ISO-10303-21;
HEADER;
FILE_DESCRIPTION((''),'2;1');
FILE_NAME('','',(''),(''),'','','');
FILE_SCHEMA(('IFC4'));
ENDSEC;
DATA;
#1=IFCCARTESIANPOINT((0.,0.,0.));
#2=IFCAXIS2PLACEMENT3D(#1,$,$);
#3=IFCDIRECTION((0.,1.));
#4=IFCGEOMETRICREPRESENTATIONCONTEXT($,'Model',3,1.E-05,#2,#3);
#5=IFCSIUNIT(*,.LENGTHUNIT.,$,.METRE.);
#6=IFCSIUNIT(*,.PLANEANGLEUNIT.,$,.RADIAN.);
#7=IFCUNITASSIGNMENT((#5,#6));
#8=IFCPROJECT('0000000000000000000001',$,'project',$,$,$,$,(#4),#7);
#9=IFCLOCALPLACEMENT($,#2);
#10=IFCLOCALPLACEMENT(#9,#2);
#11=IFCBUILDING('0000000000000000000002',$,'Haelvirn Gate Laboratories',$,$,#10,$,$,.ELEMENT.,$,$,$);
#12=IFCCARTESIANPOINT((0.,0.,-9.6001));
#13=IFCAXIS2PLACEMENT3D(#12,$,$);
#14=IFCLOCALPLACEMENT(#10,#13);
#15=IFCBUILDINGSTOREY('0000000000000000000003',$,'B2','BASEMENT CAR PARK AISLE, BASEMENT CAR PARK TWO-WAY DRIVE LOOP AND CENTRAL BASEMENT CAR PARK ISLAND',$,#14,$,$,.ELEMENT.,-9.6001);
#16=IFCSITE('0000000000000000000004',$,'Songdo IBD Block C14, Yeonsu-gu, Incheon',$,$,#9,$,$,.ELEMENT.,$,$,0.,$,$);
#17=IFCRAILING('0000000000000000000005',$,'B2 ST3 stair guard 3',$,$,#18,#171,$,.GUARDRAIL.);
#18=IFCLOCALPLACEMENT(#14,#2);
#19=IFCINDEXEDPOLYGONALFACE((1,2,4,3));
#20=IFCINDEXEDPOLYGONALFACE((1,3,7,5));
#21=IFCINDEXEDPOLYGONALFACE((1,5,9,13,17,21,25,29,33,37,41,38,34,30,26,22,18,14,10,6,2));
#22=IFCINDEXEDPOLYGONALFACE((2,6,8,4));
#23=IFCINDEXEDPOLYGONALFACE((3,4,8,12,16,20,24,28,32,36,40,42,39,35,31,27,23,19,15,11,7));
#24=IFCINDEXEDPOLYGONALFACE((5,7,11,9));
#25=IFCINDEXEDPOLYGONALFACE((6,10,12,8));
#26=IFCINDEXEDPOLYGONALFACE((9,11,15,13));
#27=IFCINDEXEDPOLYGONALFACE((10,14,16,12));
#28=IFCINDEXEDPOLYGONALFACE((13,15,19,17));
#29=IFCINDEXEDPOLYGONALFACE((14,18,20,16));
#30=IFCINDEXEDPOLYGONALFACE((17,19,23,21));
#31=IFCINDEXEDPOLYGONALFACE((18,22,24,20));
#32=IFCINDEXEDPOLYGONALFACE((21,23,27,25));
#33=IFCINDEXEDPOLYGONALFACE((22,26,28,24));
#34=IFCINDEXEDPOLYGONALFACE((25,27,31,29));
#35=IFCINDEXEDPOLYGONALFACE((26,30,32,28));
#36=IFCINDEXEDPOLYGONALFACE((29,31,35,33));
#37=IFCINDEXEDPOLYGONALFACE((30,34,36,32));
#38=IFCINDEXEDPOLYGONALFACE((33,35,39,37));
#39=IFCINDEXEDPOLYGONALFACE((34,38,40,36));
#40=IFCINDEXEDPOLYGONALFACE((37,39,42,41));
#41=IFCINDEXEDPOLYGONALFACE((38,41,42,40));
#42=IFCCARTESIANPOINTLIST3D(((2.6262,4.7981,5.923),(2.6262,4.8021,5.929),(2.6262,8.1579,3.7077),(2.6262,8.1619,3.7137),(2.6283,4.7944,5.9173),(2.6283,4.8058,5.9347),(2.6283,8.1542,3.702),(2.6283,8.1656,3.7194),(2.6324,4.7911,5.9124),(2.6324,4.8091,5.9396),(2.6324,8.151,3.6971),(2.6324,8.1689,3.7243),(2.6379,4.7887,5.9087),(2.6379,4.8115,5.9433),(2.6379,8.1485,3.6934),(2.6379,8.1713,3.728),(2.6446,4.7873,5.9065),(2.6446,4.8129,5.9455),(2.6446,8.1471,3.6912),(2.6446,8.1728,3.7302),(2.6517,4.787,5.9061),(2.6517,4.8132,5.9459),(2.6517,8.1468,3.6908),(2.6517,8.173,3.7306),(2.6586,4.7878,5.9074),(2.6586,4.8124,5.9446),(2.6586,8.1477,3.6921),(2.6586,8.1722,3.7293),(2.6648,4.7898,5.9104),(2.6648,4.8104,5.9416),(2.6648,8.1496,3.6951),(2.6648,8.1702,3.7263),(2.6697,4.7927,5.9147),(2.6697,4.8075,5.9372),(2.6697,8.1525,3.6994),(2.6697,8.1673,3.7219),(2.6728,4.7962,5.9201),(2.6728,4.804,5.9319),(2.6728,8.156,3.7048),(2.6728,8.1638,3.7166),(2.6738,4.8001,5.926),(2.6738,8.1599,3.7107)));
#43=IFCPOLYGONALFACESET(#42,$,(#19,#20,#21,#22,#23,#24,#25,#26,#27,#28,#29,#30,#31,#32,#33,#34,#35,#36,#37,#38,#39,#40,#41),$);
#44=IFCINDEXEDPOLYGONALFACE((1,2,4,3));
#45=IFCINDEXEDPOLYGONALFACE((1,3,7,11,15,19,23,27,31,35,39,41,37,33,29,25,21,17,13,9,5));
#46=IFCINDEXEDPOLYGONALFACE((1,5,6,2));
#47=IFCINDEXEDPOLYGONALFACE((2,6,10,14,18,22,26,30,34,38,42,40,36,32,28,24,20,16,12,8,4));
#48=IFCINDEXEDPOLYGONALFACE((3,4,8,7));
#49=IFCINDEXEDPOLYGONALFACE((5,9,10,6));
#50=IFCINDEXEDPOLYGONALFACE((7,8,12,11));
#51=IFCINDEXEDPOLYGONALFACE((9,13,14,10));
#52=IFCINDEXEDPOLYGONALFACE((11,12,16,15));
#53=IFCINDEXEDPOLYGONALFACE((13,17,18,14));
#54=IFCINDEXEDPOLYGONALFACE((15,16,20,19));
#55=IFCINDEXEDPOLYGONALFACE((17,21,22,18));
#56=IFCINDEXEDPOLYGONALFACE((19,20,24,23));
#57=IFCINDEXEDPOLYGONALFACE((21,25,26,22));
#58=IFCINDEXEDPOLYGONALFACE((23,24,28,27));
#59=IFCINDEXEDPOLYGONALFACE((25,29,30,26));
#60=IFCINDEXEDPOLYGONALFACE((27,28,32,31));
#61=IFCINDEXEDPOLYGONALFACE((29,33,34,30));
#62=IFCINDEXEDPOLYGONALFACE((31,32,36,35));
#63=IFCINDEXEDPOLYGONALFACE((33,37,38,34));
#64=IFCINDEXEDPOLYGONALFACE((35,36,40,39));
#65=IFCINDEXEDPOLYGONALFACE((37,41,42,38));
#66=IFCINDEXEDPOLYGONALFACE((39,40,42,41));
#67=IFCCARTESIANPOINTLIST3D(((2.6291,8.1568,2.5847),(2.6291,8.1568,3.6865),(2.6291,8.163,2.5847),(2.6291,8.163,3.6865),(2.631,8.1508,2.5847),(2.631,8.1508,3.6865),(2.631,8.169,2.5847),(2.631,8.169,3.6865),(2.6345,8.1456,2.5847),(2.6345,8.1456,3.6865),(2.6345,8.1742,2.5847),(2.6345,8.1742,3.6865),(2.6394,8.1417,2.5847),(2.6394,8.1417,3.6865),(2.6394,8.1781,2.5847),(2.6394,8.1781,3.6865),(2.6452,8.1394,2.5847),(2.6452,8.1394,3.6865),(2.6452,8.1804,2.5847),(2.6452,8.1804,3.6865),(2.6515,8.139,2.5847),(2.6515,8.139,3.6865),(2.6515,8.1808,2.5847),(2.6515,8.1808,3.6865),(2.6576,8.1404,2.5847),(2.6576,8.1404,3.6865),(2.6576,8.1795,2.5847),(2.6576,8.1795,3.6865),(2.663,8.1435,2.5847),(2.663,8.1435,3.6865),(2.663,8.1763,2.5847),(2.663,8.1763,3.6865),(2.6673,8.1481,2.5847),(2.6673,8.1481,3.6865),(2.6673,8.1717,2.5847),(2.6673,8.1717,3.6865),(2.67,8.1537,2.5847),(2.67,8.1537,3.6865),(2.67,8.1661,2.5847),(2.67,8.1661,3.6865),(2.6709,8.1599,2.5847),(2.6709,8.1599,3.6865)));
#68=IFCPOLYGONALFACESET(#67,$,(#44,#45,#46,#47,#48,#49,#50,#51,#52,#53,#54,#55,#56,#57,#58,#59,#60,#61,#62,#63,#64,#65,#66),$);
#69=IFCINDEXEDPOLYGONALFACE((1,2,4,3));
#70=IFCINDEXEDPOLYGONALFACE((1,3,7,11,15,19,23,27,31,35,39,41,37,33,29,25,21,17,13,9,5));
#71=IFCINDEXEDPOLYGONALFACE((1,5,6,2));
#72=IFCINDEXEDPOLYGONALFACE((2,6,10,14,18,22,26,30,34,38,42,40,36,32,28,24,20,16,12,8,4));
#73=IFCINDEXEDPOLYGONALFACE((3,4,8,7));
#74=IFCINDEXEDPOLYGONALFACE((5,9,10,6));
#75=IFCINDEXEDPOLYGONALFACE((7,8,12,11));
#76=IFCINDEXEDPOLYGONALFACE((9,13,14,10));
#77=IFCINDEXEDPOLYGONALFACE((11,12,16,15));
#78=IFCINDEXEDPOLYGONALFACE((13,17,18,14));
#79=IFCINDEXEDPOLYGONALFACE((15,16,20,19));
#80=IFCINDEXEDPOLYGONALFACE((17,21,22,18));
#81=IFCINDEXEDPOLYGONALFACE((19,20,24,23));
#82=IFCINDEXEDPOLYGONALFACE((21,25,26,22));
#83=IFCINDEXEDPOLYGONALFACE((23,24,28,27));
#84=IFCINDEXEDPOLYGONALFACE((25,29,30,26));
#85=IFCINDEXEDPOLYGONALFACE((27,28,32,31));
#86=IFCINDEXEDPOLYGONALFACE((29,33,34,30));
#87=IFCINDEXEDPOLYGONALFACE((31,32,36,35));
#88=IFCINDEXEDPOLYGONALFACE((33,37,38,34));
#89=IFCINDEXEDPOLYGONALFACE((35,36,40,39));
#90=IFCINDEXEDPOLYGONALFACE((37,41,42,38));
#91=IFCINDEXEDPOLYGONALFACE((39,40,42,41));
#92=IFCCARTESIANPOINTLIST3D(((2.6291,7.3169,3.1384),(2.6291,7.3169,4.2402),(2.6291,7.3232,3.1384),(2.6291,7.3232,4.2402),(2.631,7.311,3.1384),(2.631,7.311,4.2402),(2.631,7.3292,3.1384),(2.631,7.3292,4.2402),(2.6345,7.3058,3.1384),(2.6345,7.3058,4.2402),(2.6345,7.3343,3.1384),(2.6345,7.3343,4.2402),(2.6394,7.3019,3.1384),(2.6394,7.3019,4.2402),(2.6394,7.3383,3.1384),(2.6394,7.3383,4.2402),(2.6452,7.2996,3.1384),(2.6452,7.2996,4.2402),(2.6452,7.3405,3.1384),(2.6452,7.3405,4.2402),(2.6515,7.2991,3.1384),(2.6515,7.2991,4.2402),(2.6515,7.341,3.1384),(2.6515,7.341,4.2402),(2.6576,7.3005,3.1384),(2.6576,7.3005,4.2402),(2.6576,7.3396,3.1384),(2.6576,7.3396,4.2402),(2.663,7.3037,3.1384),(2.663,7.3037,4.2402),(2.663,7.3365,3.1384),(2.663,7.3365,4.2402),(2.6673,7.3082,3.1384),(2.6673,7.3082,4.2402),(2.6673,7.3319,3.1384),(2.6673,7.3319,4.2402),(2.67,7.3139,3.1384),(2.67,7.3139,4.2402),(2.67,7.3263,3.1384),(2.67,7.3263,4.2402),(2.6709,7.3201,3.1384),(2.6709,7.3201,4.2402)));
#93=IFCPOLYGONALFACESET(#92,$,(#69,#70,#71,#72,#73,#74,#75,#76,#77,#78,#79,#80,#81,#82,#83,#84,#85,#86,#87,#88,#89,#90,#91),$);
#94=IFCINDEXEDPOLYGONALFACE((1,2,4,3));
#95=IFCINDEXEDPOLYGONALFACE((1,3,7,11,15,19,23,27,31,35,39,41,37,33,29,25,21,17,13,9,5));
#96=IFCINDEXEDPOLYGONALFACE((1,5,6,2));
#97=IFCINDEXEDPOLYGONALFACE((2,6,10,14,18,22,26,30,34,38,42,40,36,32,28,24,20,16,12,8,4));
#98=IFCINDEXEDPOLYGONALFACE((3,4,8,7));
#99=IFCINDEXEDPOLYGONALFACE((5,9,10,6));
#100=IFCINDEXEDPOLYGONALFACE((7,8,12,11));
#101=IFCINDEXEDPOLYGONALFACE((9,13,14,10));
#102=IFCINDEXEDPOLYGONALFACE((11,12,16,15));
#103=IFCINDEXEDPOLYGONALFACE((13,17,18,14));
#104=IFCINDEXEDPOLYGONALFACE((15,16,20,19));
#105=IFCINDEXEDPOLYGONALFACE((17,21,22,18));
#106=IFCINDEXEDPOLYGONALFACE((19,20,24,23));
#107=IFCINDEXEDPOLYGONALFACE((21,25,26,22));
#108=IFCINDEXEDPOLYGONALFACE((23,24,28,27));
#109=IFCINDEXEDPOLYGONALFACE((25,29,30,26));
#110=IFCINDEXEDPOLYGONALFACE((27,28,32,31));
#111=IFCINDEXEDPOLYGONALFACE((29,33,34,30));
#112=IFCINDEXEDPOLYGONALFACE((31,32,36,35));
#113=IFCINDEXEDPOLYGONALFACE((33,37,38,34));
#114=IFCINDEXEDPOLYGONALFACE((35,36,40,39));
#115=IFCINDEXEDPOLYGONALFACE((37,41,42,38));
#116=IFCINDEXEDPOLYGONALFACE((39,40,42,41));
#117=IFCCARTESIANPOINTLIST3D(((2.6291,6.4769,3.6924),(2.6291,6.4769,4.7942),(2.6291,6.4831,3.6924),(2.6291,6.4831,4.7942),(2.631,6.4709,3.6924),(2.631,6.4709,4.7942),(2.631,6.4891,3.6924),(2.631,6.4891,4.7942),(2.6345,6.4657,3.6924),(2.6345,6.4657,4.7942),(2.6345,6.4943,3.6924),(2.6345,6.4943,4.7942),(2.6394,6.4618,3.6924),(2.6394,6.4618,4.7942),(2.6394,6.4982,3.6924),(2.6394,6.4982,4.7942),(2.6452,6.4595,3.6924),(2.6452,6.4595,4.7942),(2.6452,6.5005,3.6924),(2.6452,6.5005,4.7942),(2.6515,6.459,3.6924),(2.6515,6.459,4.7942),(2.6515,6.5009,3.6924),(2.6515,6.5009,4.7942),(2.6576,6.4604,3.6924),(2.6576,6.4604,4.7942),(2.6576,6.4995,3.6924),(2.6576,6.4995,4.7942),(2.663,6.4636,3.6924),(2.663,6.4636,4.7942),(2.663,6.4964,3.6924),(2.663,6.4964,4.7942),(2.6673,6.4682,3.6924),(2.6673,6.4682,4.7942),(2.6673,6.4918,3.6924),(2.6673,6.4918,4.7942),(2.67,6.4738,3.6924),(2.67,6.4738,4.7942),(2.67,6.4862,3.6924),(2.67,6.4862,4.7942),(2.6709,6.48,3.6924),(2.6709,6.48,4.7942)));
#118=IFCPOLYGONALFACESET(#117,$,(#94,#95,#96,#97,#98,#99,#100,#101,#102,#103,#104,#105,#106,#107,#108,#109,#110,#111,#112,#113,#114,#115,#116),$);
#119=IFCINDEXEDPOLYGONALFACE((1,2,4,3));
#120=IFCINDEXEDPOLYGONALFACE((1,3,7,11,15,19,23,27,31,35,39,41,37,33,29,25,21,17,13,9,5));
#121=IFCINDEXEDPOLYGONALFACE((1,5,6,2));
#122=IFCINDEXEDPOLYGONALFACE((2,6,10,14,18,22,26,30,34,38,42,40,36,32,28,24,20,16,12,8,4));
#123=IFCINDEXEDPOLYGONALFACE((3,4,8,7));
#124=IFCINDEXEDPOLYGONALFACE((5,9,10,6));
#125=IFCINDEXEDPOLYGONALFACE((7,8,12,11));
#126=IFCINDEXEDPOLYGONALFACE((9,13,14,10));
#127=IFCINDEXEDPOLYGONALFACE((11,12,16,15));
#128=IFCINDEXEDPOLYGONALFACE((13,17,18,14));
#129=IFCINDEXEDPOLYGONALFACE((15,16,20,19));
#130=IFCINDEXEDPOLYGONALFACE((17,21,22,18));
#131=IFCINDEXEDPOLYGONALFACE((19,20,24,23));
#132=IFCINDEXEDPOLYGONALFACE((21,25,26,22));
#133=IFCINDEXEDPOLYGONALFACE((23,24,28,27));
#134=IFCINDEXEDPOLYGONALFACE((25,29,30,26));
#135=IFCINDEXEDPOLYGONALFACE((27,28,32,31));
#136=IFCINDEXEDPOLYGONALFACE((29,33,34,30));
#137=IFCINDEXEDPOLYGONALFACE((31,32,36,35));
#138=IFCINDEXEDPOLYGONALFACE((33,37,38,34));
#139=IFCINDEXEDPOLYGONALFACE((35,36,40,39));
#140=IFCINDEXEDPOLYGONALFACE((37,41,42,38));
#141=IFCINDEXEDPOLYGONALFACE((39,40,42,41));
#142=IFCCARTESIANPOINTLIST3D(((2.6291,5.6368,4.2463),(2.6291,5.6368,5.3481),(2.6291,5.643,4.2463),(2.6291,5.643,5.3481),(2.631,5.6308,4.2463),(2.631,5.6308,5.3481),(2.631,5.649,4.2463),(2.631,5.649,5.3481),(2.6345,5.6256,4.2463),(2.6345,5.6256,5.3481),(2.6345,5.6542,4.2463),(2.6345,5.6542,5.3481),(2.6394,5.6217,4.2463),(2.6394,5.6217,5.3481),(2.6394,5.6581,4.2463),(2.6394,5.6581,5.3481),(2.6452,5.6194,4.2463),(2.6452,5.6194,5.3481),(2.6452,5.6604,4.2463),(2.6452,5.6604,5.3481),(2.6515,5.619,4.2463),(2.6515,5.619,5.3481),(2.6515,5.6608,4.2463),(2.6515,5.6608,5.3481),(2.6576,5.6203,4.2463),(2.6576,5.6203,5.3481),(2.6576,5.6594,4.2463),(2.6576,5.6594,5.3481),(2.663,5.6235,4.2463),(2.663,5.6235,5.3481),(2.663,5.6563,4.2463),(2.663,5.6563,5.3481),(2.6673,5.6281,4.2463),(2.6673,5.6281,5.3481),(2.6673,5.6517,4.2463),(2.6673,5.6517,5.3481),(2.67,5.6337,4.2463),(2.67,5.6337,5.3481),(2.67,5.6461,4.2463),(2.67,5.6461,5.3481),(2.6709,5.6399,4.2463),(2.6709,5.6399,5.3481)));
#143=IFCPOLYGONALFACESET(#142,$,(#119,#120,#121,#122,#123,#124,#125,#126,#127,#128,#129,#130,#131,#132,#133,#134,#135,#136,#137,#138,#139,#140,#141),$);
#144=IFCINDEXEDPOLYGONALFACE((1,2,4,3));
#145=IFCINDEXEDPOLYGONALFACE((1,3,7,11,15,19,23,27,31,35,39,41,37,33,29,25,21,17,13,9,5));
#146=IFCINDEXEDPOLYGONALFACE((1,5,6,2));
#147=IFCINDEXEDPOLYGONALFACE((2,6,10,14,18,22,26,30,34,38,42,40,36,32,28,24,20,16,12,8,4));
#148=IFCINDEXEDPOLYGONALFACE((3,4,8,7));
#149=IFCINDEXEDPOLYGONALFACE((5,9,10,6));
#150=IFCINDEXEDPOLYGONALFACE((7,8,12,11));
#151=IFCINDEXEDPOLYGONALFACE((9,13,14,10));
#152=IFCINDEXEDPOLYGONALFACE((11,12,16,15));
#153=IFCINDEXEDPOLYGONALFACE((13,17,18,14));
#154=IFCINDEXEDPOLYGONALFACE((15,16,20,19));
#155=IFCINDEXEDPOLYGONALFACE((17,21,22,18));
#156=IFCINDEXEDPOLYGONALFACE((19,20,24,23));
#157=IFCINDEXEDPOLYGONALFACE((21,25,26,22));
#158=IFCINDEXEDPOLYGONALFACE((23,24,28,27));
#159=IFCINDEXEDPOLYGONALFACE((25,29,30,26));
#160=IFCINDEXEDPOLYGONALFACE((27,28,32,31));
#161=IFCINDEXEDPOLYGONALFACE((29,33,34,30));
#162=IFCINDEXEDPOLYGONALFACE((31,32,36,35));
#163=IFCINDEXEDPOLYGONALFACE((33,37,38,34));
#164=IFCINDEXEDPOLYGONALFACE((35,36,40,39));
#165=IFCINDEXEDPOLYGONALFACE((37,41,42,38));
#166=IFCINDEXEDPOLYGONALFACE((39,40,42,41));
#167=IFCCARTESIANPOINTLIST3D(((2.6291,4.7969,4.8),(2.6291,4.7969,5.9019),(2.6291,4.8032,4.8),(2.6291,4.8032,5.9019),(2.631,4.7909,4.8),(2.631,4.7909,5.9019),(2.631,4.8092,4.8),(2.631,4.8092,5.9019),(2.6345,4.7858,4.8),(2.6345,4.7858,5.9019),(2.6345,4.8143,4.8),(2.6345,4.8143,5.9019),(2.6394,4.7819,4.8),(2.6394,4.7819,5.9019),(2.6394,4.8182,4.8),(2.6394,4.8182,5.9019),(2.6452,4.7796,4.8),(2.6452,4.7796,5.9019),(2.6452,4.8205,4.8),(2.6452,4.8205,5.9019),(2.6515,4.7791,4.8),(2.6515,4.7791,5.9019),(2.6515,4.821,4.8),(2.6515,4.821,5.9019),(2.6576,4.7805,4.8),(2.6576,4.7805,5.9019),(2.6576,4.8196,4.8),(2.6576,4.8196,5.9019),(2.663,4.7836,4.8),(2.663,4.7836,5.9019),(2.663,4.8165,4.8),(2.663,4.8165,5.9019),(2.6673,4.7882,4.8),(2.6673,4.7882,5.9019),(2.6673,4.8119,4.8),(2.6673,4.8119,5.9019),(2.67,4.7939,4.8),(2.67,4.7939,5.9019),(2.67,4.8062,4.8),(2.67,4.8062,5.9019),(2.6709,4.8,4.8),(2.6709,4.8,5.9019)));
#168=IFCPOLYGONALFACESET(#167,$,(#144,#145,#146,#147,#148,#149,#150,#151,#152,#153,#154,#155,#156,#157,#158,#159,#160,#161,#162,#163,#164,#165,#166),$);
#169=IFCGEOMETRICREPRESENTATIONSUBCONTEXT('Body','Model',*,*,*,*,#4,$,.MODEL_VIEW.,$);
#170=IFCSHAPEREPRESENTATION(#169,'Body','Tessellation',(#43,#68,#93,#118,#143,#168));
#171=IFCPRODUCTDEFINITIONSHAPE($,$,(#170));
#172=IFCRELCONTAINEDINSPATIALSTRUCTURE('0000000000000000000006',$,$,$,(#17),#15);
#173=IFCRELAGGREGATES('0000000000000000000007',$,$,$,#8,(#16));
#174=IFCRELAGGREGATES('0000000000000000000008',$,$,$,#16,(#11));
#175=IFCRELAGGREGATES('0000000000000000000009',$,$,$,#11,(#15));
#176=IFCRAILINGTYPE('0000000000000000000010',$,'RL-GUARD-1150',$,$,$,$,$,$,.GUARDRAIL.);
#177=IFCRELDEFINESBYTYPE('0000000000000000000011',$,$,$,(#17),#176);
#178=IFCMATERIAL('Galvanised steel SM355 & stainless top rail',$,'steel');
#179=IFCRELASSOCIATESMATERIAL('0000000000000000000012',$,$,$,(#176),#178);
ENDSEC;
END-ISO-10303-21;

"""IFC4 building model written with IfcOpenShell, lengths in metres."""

from ifc_helpers import new_model, si_unit, direction, frame, origin, origin_2d, place, context, subcontext, project, spatial, circle, extrude, source, transform, mapped, material, type_object, element, save


model = new_model("IFC4")

# Units and contexts
model_context = context("Model", 3, precision=1e-05, world=origin(), true_north=direction((0.0, 1.0)))
body_context = subcontext(model_context, "Body", "Model", "MODEL_VIEW")
ifc_project = project(units=[si_unit("LENGTHUNIT", "METRE"), si_unit("PLANEANGLEUNIT", "RADIAN")], contexts=[model_context])

# Site, building, storey
site_placement = place(None, origin())
site = spatial("IfcSite", under=ifc_project, at=site_placement, Name="Songdo IBD Block C14, Yeonsu-gu, Incheon", CompositionType="ELEMENT", RefElevation=0.0)
building_placement = place(site_placement, origin())
building = spatial("IfcBuilding", under=site, at=building_placement, Name="Haelvirn Gate Laboratories", CompositionType="ELEMENT")
storey_placement = place(building_placement, frame((0.0, 0.0, -9.6001)))
storey = spatial("IfcBuildingStorey", under=building, at=storey_placement, Name="B2", Description="BASEMENT CAR PARK AISLE, BASEMENT CAR PARK TWO-WAY DRIVE LOOP AND CENTRAL BASEMENT CAR PARK ISLAND", CompositionType="ELEMENT", Elevation=-9.6001)

# Railing
ifc_material_1 = material(Name="Galvanised steel SM355 & stainless top rail", Category="steel")
railing_type_1 = type_object("IfcRailingType", Name="RL-GUARD-1150", PredefinedType="GUARDRAIL", material=ifc_material_1)
shared_shape_1 = source(origin(), body_context, "Body", "SweptSolid", [
    extrude(circle(Radius=0.0239, at=origin_2d()), frame((0.0, 0.0, 1.126), z_axis=(0.0, -0.834858, 0.550465), x_axis=(1.0, 0.0, 0.0)), (0.0, 0.0, 1.0), 4.0244),
    extrude(circle(Radius=0.021, at=origin_2d()), origin(), (0.0, 0.0, 1.0), 1.1018),
    extrude(circle(Radius=0.021, at=origin_2d()), frame((0.0, -0.8398, 0.5537)), (0.0, 0.0, 1.0), 1.1018),
    extrude(circle(Radius=0.021, at=origin_2d()), frame((0.0, -1.6799, 1.1077)), (0.0, 0.0, 1.0), 1.1018),
    extrude(circle(Radius=0.021, at=origin_2d()), frame((0.0, -2.52, 1.6616)), (0.0, 0.0, 1.0), 1.1018),
    extrude(circle(Radius=0.021, at=origin_2d()), frame((0.0, -3.3599, 2.2153)), (0.0, 0.0, 1.0), 1.1018),
])
railing_1_placement = place(storey_placement, frame((2.6499, 8.1599, 2.5847)))
element("IfcRailing", 1, at=railing_1_placement, inside=storey, type_object=railing_type_1, Name="B2 ST3 stair guard 3", PredefinedType="GUARDRAIL", context=body_context, shape_type="MappedRepresentation", body=[
    mapped(shared_shape_1, transform((0.0, 0.0, 0.0), scale=1.0)),
])

save(model, "model.ifc")
